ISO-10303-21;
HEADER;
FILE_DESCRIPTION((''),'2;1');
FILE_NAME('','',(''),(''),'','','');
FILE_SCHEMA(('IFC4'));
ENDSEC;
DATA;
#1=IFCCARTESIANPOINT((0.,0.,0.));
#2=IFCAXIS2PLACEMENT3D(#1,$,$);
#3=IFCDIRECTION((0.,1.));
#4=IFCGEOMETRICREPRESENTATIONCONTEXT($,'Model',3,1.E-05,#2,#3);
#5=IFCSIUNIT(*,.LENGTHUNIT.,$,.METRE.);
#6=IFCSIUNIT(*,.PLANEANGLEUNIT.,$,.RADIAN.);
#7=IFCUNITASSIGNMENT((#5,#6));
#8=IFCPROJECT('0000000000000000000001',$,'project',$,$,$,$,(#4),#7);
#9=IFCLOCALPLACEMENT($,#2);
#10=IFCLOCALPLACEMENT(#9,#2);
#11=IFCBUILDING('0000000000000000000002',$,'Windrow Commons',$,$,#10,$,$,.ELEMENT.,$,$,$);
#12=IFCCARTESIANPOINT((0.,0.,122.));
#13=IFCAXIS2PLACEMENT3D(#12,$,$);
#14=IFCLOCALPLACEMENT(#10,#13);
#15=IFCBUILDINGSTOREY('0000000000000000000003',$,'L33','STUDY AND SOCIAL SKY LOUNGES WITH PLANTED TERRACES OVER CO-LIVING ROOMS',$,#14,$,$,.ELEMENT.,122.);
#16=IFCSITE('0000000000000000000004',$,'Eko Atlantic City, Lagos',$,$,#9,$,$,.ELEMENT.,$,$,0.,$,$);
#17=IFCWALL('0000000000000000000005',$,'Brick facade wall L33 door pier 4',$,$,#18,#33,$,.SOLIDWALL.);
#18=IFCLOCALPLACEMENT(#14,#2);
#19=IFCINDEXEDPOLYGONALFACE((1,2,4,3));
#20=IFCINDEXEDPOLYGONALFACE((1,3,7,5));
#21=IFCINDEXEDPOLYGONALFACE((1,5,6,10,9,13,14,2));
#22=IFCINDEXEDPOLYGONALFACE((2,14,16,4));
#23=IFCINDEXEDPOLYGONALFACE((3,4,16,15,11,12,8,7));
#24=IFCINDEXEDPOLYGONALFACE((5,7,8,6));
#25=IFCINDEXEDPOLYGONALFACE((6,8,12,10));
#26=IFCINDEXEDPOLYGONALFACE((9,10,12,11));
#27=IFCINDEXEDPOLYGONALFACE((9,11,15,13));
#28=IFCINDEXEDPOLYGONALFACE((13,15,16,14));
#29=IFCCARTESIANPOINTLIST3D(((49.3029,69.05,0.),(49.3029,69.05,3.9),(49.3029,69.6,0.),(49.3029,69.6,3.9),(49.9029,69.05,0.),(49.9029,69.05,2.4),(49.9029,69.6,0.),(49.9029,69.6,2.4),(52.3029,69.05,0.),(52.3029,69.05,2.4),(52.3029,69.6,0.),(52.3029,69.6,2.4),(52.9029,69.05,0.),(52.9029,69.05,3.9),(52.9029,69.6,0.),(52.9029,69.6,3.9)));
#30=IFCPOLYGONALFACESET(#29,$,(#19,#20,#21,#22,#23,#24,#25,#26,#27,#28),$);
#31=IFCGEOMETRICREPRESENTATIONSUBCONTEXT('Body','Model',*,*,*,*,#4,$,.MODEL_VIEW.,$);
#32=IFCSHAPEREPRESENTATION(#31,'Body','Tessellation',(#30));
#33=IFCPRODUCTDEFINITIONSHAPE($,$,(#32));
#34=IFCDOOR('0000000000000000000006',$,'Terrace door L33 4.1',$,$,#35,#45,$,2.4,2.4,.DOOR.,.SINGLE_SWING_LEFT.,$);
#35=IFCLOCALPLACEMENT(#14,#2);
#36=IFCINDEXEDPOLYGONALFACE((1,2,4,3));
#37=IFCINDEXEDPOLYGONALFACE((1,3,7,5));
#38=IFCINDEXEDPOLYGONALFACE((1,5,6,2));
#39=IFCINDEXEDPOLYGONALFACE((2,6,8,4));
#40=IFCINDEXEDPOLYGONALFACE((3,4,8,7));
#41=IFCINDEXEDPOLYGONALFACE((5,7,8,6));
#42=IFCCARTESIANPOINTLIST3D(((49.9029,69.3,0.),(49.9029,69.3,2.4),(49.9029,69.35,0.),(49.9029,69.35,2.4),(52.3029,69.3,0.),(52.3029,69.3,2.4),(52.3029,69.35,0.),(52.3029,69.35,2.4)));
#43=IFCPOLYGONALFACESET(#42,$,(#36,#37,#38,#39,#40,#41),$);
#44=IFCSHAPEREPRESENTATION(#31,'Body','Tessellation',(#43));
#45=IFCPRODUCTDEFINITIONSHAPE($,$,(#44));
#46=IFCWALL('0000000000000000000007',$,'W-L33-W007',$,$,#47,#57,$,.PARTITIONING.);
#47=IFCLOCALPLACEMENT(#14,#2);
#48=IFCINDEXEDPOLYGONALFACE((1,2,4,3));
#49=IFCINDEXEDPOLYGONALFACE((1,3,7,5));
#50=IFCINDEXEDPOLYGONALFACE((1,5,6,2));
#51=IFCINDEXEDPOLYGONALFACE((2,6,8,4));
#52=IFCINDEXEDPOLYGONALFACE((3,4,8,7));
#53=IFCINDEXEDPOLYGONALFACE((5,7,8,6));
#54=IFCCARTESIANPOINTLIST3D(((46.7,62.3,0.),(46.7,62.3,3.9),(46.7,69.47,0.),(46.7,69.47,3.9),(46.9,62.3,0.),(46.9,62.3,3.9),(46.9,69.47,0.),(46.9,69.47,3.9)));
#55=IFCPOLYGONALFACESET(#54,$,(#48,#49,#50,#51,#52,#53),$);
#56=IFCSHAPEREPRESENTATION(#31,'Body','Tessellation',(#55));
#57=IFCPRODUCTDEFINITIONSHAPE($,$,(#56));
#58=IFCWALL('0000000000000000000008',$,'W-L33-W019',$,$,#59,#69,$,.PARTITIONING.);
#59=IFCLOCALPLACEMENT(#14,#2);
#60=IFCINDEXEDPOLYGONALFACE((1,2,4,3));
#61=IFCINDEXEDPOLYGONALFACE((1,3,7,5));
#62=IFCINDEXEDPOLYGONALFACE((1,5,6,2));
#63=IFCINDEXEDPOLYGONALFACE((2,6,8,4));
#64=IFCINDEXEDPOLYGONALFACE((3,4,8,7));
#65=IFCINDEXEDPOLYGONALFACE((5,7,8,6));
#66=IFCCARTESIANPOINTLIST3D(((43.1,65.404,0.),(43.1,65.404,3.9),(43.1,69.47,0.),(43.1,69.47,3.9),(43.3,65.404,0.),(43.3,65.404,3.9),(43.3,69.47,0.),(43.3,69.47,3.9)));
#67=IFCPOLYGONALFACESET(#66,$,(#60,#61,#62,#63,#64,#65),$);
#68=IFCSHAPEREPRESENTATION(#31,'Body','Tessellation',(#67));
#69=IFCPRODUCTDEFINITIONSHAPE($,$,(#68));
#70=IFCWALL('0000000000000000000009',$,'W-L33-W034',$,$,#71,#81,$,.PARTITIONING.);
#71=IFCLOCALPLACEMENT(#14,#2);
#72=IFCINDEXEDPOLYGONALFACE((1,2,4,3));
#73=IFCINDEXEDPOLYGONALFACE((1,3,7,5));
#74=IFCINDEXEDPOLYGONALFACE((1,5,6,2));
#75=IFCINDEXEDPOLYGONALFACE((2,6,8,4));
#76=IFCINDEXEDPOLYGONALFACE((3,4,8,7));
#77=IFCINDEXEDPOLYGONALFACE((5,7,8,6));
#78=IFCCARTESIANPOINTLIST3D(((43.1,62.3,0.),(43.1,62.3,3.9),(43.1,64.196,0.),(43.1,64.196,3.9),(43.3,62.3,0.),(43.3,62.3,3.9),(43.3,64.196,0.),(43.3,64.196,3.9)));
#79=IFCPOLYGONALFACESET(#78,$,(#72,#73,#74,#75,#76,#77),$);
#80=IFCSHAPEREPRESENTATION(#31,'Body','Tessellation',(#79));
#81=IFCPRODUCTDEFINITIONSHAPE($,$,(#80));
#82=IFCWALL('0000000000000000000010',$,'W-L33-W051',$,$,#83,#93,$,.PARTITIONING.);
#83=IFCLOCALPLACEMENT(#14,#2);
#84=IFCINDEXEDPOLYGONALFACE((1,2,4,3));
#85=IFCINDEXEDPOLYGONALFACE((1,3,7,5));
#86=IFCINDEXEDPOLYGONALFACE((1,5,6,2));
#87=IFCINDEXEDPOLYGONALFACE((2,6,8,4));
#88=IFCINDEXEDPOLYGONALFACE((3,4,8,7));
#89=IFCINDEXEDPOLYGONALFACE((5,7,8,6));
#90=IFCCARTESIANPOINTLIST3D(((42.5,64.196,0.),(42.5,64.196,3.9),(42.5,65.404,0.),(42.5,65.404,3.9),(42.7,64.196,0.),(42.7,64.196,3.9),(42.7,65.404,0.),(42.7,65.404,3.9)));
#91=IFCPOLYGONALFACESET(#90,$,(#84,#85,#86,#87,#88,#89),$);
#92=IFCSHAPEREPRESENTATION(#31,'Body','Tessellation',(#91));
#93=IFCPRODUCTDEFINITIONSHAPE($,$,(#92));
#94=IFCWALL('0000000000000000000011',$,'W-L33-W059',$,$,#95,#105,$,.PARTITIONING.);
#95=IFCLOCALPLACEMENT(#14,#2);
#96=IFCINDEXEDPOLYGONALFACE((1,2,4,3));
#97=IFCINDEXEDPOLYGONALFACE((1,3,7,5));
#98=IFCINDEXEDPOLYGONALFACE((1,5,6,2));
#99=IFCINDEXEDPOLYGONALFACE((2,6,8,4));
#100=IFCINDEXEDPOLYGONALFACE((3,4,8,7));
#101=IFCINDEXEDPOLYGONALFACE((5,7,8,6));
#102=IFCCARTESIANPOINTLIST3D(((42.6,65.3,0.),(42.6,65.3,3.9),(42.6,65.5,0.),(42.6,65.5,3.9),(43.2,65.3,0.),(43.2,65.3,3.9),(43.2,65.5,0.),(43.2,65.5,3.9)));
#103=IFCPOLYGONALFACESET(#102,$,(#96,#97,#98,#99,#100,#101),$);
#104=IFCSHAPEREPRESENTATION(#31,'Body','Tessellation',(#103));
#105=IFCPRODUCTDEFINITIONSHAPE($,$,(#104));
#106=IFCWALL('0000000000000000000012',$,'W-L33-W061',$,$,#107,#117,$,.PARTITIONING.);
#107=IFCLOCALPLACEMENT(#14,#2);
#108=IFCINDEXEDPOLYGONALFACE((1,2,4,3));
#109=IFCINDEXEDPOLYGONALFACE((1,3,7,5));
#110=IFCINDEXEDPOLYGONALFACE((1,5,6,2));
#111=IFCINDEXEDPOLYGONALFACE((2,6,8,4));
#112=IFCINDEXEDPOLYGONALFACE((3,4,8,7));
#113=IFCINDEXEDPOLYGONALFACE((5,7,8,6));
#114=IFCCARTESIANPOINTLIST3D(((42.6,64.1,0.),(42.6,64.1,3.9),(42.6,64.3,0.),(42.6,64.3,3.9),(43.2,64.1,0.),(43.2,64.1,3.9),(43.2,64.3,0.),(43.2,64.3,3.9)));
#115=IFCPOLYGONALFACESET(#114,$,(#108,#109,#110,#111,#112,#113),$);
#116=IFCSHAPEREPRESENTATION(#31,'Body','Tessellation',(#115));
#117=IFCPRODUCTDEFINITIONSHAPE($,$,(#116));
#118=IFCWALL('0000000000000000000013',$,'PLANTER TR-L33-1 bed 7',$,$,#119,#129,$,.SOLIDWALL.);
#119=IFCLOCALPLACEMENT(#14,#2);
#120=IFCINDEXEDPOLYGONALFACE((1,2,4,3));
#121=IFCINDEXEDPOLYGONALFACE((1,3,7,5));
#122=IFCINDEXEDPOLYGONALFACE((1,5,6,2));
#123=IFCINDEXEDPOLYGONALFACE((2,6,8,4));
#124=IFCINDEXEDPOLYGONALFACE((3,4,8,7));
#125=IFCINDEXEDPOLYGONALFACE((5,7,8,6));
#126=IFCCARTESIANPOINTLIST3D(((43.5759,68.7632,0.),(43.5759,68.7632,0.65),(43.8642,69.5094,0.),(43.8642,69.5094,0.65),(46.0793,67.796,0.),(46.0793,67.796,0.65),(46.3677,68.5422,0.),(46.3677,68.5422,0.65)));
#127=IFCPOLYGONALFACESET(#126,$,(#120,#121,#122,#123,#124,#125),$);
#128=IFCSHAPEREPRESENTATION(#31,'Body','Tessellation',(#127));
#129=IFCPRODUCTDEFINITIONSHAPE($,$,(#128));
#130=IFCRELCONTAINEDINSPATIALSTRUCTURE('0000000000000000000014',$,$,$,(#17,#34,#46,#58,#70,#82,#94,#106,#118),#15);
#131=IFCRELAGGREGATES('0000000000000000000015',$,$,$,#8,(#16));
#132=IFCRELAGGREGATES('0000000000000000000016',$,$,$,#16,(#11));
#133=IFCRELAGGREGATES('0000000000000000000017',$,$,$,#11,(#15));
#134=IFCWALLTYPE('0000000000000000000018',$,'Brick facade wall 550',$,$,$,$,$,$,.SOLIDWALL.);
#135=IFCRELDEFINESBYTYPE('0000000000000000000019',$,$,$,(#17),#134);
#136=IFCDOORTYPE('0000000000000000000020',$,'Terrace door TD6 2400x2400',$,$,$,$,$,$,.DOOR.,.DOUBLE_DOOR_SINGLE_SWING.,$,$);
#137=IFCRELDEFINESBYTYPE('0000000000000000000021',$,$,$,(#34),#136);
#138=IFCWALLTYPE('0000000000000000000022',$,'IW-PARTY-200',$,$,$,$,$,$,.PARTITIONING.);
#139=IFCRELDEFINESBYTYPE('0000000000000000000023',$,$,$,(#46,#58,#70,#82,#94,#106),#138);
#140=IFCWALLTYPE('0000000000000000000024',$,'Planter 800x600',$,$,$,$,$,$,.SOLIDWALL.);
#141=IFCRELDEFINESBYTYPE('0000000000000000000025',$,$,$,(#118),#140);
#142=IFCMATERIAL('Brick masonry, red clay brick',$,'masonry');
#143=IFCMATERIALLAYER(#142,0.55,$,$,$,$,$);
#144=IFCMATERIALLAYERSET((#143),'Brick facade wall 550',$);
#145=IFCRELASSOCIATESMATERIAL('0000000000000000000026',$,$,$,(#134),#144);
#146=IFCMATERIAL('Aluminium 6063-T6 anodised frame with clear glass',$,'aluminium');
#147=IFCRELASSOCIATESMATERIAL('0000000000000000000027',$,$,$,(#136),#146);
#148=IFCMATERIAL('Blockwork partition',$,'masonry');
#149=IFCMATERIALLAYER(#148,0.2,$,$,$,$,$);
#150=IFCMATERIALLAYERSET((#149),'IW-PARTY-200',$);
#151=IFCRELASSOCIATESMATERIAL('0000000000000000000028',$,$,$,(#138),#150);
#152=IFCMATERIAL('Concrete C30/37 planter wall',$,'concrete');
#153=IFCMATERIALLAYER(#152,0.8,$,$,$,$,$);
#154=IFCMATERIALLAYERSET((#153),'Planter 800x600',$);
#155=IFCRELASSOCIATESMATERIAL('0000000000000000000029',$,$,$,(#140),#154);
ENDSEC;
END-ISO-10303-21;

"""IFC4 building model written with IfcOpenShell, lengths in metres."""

from ifc_helpers import new_model, si_unit, direction, frame, frame_2d, origin, place, context, subcontext, project, spatial, rectangle, extrude, material, layer, layer_set, type_object, element, fill, save


model = new_model("IFC4")

# Units and contexts
model_context = context("Model", 3, precision=1e-05, world=origin(), true_north=direction((0.0, 1.0)))
body_context = subcontext(model_context, "Body", "Model", "MODEL_VIEW")
ifc_project = project(units=[si_unit("LENGTHUNIT", "METRE"), si_unit("PLANEANGLEUNIT", "RADIAN")], contexts=[model_context])

# Site, building, storey
site_placement = place(None, origin())
site = spatial("IfcSite", under=ifc_project, at=site_placement, Name="Eko Atlantic City, Lagos", CompositionType="ELEMENT", RefElevation=0.0)
building_placement = place(site_placement, origin())
building = spatial("IfcBuilding", under=site, at=building_placement, Name="Windrow Commons", CompositionType="ELEMENT")
storey_placement = place(building_placement, frame((0.0, 0.0, 122.0)))
storey = spatial("IfcBuildingStorey", under=building, at=storey_placement, Name="L33", Description="STUDY AND SOCIAL SKY LOUNGES WITH PLANTED TERRACES OVER CO-LIVING ROOMS", CompositionType="ELEMENT", Elevation=122.0)

# Wall, opening, door
ifc_material_1 = material(Name="Brick masonry, red clay brick", Category="masonry")
ifc_layer_1 = layer(ifc_material_1, 0.55)
ifc_layer_set_1 = layer_set([ifc_layer_1], Name="Brick facade wall 550")
wall_type_1 = type_object("IfcWallType", Name="Brick facade wall 550", PredefinedType="SOLIDWALL", material=ifc_layer_set_1)
wall_1_placement = place(storey_placement, frame((52.9029, 69.325, 0.0), z_axis=(0.0, 0.0, 1.0), x_axis=(-1.0, 0.0, 0.0)))
wall_1 = element("IfcWall", 1, at=wall_1_placement, inside=storey, type_object=wall_type_1, Name="Brick facade wall L33 door pier 4", PredefinedType="SOLIDWALL", context=body_context, shape_type="SweptSolid", body=[
    extrude(rectangle(XDim=3.6, YDim=0.55, at=frame_2d((1.8, 0.0))), origin(), (0.0, 0.0, 1.0), 3.9),
])
opening_placement = place(wall_1_placement, frame((0.6, 0.0, 0.0)))
opening = element("IfcOpeningElement", 2, at=opening_placement, cuts=wall_1, PredefinedType="OPENING", context=body_context, shape_type="SweptSolid", body=[
    extrude(rectangle(XDim=2.4, YDim=2.4, at=frame_2d((1.2, 1.2))), frame((0.0, 0.285, 0.0), z_axis=(0.0, -1.0, 0.0), x_axis=(1.0, 0.0, 0.0)), (0.0, 0.0, 1.0), 0.57),
])
ifc_material_2 = material(Name="Aluminium 6063-T6 anodised frame with clear glass", Category="aluminium")
door_type = type_object("IfcDoorType", Name="Terrace door TD6 2400x2400", OperationType="DOUBLE_DOOR_SINGLE_SWING", PredefinedType="DOOR", material=ifc_material_2)
door_placement = place(opening_placement, origin())
door = element("IfcDoor", 3, at=door_placement, inside=storey, type_object=door_type, Name="Terrace door L33 4.1", OperationType="SINGLE_SWING_LEFT", OverallHeight=2.4, OverallWidth=2.4, PredefinedType="DOOR", context=body_context, shape_type="SweptSolid", body=[
    extrude(rectangle(XDim=2.4, YDim=2.4, at=frame_2d((1.2, 1.2))), frame((0.0, 0.025, 0.0), z_axis=(0.0, -1.0, 0.0), x_axis=(1.0, 0.0, 0.0)), (0.0, 0.0, 1.0), 0.05),
])
fill(opening, door)

# Walls
ifc_material_3 = material(Name="Blockwork partition", Category="masonry")
ifc_layer_2 = layer(ifc_material_3, 0.2)
ifc_layer_set_2 = layer_set([ifc_layer_2], Name="IW-PARTY-200")
wall_type_2 = type_object("IfcWallType", Name="IW-PARTY-200", PredefinedType="PARTITIONING", material=ifc_layer_set_2)
wall_2_placement = place(storey_placement, frame((46.8, 62.3, 0.0), z_axis=(0.0, 0.0, 1.0), x_axis=(0.0, 1.0, 0.0)))
element("IfcWall", 4, at=wall_2_placement, inside=storey, type_object=wall_type_2, Name="W-L33-W007", PredefinedType="PARTITIONING", context=body_context, shape_type="SweptSolid", body=[
    extrude(rectangle(XDim=7.17, YDim=0.2, at=frame_2d((3.585, 0.0))), origin(), (0.0, 0.0, 1.0), 3.9),
])
wall_3_placement = place(storey_placement, frame((43.2, 65.404, 0.0), z_axis=(0.0, 0.0, 1.0), x_axis=(0.0, 1.0, 0.0)))
element("IfcWall", 5, at=wall_3_placement, inside=storey, type_object=wall_type_2, Name="W-L33-W019", PredefinedType="PARTITIONING", context=body_context, shape_type="SweptSolid", body=[
    extrude(rectangle(XDim=4.066, YDim=0.2, at=frame_2d((2.033, 0.0))), origin(), (0.0, 0.0, 1.0), 3.9),
])
wall_4_placement = place(storey_placement, frame((43.2, 62.3, 0.0), z_axis=(0.0, 0.0, 1.0), x_axis=(0.0, 1.0, 0.0)))
element("IfcWall", 6, at=wall_4_placement, inside=storey, type_object=wall_type_2, Name="W-L33-W034", PredefinedType="PARTITIONING", context=body_context, shape_type="SweptSolid", body=[
    extrude(rectangle(XDim=1.896, YDim=0.2, at=frame_2d((0.948, 0.0))), origin(), (0.0, 0.0, 1.0), 3.9),
])
wall_5_placement = place(storey_placement, frame((42.6, 64.196, 0.0), z_axis=(0.0, 0.0, 1.0), x_axis=(0.0, 1.0, 0.0)))
element("IfcWall", 7, at=wall_5_placement, inside=storey, type_object=wall_type_2, Name="W-L33-W051", PredefinedType="PARTITIONING", context=body_context, shape_type="SweptSolid", body=[
    extrude(rectangle(XDim=1.208, YDim=0.2, at=frame_2d((0.604, 0.0))), origin(), (0.0, 0.0, 1.0), 3.9),
])
for number, where, z_axis, x_axis, name in (
    (8, (42.6, 65.4, 0.0), (0.0, 0.0, 1.0), (1.0, 0.0, 0.0), "W-L33-W059"),
    (9, (42.6, 64.2, 0.0), (0.0, 0.0, 1.0), (1.0, 0.0, 0.0), "W-L33-W061"),
):
    element("IfcWall", number, at=place(storey_placement, frame(where, z_axis=z_axis, x_axis=x_axis)), inside=storey, type_object=wall_type_2, Name=name, PredefinedType="PARTITIONING", context=body_context, shape_type="SweptSolid", body=[
        extrude(rectangle(XDim=0.6, YDim=0.2, at=frame_2d((0.3, 0.0))), origin(), (0.0, 0.0, 1.0), 3.9),
    ])
ifc_material_4 = material(Name="Concrete C30/37 planter wall", Category="concrete")
ifc_layer_3 = layer(ifc_material_4, 0.8)
ifc_layer_set_3 = layer_set([ifc_layer_3], Name="Planter 800x600")
wall_type_3 = type_object("IfcWallType", Name="Planter 800x600", PredefinedType="SOLIDWALL", material=ifc_layer_set_3)
wall_6_placement = place(storey_placement, frame((46.2235, 68.1691, 0.0), z_axis=(0.0, 0.0, 1.0), x_axis=(-0.932806, 0.360379, 0.0)))
element("IfcWall", 10, at=wall_6_placement, inside=storey, type_object=wall_type_3, Name="PLANTER TR-L33-1 bed 7", PredefinedType="SOLIDWALL", context=body_context, shape_type="SweptSolid", body=[
    extrude(rectangle(XDim=2.6838, YDim=0.8, at=frame_2d((1.3419, 0.0))), origin(), (0.0, 0.0, 1.0), 0.65),
])

save(model, "model.ifc")
